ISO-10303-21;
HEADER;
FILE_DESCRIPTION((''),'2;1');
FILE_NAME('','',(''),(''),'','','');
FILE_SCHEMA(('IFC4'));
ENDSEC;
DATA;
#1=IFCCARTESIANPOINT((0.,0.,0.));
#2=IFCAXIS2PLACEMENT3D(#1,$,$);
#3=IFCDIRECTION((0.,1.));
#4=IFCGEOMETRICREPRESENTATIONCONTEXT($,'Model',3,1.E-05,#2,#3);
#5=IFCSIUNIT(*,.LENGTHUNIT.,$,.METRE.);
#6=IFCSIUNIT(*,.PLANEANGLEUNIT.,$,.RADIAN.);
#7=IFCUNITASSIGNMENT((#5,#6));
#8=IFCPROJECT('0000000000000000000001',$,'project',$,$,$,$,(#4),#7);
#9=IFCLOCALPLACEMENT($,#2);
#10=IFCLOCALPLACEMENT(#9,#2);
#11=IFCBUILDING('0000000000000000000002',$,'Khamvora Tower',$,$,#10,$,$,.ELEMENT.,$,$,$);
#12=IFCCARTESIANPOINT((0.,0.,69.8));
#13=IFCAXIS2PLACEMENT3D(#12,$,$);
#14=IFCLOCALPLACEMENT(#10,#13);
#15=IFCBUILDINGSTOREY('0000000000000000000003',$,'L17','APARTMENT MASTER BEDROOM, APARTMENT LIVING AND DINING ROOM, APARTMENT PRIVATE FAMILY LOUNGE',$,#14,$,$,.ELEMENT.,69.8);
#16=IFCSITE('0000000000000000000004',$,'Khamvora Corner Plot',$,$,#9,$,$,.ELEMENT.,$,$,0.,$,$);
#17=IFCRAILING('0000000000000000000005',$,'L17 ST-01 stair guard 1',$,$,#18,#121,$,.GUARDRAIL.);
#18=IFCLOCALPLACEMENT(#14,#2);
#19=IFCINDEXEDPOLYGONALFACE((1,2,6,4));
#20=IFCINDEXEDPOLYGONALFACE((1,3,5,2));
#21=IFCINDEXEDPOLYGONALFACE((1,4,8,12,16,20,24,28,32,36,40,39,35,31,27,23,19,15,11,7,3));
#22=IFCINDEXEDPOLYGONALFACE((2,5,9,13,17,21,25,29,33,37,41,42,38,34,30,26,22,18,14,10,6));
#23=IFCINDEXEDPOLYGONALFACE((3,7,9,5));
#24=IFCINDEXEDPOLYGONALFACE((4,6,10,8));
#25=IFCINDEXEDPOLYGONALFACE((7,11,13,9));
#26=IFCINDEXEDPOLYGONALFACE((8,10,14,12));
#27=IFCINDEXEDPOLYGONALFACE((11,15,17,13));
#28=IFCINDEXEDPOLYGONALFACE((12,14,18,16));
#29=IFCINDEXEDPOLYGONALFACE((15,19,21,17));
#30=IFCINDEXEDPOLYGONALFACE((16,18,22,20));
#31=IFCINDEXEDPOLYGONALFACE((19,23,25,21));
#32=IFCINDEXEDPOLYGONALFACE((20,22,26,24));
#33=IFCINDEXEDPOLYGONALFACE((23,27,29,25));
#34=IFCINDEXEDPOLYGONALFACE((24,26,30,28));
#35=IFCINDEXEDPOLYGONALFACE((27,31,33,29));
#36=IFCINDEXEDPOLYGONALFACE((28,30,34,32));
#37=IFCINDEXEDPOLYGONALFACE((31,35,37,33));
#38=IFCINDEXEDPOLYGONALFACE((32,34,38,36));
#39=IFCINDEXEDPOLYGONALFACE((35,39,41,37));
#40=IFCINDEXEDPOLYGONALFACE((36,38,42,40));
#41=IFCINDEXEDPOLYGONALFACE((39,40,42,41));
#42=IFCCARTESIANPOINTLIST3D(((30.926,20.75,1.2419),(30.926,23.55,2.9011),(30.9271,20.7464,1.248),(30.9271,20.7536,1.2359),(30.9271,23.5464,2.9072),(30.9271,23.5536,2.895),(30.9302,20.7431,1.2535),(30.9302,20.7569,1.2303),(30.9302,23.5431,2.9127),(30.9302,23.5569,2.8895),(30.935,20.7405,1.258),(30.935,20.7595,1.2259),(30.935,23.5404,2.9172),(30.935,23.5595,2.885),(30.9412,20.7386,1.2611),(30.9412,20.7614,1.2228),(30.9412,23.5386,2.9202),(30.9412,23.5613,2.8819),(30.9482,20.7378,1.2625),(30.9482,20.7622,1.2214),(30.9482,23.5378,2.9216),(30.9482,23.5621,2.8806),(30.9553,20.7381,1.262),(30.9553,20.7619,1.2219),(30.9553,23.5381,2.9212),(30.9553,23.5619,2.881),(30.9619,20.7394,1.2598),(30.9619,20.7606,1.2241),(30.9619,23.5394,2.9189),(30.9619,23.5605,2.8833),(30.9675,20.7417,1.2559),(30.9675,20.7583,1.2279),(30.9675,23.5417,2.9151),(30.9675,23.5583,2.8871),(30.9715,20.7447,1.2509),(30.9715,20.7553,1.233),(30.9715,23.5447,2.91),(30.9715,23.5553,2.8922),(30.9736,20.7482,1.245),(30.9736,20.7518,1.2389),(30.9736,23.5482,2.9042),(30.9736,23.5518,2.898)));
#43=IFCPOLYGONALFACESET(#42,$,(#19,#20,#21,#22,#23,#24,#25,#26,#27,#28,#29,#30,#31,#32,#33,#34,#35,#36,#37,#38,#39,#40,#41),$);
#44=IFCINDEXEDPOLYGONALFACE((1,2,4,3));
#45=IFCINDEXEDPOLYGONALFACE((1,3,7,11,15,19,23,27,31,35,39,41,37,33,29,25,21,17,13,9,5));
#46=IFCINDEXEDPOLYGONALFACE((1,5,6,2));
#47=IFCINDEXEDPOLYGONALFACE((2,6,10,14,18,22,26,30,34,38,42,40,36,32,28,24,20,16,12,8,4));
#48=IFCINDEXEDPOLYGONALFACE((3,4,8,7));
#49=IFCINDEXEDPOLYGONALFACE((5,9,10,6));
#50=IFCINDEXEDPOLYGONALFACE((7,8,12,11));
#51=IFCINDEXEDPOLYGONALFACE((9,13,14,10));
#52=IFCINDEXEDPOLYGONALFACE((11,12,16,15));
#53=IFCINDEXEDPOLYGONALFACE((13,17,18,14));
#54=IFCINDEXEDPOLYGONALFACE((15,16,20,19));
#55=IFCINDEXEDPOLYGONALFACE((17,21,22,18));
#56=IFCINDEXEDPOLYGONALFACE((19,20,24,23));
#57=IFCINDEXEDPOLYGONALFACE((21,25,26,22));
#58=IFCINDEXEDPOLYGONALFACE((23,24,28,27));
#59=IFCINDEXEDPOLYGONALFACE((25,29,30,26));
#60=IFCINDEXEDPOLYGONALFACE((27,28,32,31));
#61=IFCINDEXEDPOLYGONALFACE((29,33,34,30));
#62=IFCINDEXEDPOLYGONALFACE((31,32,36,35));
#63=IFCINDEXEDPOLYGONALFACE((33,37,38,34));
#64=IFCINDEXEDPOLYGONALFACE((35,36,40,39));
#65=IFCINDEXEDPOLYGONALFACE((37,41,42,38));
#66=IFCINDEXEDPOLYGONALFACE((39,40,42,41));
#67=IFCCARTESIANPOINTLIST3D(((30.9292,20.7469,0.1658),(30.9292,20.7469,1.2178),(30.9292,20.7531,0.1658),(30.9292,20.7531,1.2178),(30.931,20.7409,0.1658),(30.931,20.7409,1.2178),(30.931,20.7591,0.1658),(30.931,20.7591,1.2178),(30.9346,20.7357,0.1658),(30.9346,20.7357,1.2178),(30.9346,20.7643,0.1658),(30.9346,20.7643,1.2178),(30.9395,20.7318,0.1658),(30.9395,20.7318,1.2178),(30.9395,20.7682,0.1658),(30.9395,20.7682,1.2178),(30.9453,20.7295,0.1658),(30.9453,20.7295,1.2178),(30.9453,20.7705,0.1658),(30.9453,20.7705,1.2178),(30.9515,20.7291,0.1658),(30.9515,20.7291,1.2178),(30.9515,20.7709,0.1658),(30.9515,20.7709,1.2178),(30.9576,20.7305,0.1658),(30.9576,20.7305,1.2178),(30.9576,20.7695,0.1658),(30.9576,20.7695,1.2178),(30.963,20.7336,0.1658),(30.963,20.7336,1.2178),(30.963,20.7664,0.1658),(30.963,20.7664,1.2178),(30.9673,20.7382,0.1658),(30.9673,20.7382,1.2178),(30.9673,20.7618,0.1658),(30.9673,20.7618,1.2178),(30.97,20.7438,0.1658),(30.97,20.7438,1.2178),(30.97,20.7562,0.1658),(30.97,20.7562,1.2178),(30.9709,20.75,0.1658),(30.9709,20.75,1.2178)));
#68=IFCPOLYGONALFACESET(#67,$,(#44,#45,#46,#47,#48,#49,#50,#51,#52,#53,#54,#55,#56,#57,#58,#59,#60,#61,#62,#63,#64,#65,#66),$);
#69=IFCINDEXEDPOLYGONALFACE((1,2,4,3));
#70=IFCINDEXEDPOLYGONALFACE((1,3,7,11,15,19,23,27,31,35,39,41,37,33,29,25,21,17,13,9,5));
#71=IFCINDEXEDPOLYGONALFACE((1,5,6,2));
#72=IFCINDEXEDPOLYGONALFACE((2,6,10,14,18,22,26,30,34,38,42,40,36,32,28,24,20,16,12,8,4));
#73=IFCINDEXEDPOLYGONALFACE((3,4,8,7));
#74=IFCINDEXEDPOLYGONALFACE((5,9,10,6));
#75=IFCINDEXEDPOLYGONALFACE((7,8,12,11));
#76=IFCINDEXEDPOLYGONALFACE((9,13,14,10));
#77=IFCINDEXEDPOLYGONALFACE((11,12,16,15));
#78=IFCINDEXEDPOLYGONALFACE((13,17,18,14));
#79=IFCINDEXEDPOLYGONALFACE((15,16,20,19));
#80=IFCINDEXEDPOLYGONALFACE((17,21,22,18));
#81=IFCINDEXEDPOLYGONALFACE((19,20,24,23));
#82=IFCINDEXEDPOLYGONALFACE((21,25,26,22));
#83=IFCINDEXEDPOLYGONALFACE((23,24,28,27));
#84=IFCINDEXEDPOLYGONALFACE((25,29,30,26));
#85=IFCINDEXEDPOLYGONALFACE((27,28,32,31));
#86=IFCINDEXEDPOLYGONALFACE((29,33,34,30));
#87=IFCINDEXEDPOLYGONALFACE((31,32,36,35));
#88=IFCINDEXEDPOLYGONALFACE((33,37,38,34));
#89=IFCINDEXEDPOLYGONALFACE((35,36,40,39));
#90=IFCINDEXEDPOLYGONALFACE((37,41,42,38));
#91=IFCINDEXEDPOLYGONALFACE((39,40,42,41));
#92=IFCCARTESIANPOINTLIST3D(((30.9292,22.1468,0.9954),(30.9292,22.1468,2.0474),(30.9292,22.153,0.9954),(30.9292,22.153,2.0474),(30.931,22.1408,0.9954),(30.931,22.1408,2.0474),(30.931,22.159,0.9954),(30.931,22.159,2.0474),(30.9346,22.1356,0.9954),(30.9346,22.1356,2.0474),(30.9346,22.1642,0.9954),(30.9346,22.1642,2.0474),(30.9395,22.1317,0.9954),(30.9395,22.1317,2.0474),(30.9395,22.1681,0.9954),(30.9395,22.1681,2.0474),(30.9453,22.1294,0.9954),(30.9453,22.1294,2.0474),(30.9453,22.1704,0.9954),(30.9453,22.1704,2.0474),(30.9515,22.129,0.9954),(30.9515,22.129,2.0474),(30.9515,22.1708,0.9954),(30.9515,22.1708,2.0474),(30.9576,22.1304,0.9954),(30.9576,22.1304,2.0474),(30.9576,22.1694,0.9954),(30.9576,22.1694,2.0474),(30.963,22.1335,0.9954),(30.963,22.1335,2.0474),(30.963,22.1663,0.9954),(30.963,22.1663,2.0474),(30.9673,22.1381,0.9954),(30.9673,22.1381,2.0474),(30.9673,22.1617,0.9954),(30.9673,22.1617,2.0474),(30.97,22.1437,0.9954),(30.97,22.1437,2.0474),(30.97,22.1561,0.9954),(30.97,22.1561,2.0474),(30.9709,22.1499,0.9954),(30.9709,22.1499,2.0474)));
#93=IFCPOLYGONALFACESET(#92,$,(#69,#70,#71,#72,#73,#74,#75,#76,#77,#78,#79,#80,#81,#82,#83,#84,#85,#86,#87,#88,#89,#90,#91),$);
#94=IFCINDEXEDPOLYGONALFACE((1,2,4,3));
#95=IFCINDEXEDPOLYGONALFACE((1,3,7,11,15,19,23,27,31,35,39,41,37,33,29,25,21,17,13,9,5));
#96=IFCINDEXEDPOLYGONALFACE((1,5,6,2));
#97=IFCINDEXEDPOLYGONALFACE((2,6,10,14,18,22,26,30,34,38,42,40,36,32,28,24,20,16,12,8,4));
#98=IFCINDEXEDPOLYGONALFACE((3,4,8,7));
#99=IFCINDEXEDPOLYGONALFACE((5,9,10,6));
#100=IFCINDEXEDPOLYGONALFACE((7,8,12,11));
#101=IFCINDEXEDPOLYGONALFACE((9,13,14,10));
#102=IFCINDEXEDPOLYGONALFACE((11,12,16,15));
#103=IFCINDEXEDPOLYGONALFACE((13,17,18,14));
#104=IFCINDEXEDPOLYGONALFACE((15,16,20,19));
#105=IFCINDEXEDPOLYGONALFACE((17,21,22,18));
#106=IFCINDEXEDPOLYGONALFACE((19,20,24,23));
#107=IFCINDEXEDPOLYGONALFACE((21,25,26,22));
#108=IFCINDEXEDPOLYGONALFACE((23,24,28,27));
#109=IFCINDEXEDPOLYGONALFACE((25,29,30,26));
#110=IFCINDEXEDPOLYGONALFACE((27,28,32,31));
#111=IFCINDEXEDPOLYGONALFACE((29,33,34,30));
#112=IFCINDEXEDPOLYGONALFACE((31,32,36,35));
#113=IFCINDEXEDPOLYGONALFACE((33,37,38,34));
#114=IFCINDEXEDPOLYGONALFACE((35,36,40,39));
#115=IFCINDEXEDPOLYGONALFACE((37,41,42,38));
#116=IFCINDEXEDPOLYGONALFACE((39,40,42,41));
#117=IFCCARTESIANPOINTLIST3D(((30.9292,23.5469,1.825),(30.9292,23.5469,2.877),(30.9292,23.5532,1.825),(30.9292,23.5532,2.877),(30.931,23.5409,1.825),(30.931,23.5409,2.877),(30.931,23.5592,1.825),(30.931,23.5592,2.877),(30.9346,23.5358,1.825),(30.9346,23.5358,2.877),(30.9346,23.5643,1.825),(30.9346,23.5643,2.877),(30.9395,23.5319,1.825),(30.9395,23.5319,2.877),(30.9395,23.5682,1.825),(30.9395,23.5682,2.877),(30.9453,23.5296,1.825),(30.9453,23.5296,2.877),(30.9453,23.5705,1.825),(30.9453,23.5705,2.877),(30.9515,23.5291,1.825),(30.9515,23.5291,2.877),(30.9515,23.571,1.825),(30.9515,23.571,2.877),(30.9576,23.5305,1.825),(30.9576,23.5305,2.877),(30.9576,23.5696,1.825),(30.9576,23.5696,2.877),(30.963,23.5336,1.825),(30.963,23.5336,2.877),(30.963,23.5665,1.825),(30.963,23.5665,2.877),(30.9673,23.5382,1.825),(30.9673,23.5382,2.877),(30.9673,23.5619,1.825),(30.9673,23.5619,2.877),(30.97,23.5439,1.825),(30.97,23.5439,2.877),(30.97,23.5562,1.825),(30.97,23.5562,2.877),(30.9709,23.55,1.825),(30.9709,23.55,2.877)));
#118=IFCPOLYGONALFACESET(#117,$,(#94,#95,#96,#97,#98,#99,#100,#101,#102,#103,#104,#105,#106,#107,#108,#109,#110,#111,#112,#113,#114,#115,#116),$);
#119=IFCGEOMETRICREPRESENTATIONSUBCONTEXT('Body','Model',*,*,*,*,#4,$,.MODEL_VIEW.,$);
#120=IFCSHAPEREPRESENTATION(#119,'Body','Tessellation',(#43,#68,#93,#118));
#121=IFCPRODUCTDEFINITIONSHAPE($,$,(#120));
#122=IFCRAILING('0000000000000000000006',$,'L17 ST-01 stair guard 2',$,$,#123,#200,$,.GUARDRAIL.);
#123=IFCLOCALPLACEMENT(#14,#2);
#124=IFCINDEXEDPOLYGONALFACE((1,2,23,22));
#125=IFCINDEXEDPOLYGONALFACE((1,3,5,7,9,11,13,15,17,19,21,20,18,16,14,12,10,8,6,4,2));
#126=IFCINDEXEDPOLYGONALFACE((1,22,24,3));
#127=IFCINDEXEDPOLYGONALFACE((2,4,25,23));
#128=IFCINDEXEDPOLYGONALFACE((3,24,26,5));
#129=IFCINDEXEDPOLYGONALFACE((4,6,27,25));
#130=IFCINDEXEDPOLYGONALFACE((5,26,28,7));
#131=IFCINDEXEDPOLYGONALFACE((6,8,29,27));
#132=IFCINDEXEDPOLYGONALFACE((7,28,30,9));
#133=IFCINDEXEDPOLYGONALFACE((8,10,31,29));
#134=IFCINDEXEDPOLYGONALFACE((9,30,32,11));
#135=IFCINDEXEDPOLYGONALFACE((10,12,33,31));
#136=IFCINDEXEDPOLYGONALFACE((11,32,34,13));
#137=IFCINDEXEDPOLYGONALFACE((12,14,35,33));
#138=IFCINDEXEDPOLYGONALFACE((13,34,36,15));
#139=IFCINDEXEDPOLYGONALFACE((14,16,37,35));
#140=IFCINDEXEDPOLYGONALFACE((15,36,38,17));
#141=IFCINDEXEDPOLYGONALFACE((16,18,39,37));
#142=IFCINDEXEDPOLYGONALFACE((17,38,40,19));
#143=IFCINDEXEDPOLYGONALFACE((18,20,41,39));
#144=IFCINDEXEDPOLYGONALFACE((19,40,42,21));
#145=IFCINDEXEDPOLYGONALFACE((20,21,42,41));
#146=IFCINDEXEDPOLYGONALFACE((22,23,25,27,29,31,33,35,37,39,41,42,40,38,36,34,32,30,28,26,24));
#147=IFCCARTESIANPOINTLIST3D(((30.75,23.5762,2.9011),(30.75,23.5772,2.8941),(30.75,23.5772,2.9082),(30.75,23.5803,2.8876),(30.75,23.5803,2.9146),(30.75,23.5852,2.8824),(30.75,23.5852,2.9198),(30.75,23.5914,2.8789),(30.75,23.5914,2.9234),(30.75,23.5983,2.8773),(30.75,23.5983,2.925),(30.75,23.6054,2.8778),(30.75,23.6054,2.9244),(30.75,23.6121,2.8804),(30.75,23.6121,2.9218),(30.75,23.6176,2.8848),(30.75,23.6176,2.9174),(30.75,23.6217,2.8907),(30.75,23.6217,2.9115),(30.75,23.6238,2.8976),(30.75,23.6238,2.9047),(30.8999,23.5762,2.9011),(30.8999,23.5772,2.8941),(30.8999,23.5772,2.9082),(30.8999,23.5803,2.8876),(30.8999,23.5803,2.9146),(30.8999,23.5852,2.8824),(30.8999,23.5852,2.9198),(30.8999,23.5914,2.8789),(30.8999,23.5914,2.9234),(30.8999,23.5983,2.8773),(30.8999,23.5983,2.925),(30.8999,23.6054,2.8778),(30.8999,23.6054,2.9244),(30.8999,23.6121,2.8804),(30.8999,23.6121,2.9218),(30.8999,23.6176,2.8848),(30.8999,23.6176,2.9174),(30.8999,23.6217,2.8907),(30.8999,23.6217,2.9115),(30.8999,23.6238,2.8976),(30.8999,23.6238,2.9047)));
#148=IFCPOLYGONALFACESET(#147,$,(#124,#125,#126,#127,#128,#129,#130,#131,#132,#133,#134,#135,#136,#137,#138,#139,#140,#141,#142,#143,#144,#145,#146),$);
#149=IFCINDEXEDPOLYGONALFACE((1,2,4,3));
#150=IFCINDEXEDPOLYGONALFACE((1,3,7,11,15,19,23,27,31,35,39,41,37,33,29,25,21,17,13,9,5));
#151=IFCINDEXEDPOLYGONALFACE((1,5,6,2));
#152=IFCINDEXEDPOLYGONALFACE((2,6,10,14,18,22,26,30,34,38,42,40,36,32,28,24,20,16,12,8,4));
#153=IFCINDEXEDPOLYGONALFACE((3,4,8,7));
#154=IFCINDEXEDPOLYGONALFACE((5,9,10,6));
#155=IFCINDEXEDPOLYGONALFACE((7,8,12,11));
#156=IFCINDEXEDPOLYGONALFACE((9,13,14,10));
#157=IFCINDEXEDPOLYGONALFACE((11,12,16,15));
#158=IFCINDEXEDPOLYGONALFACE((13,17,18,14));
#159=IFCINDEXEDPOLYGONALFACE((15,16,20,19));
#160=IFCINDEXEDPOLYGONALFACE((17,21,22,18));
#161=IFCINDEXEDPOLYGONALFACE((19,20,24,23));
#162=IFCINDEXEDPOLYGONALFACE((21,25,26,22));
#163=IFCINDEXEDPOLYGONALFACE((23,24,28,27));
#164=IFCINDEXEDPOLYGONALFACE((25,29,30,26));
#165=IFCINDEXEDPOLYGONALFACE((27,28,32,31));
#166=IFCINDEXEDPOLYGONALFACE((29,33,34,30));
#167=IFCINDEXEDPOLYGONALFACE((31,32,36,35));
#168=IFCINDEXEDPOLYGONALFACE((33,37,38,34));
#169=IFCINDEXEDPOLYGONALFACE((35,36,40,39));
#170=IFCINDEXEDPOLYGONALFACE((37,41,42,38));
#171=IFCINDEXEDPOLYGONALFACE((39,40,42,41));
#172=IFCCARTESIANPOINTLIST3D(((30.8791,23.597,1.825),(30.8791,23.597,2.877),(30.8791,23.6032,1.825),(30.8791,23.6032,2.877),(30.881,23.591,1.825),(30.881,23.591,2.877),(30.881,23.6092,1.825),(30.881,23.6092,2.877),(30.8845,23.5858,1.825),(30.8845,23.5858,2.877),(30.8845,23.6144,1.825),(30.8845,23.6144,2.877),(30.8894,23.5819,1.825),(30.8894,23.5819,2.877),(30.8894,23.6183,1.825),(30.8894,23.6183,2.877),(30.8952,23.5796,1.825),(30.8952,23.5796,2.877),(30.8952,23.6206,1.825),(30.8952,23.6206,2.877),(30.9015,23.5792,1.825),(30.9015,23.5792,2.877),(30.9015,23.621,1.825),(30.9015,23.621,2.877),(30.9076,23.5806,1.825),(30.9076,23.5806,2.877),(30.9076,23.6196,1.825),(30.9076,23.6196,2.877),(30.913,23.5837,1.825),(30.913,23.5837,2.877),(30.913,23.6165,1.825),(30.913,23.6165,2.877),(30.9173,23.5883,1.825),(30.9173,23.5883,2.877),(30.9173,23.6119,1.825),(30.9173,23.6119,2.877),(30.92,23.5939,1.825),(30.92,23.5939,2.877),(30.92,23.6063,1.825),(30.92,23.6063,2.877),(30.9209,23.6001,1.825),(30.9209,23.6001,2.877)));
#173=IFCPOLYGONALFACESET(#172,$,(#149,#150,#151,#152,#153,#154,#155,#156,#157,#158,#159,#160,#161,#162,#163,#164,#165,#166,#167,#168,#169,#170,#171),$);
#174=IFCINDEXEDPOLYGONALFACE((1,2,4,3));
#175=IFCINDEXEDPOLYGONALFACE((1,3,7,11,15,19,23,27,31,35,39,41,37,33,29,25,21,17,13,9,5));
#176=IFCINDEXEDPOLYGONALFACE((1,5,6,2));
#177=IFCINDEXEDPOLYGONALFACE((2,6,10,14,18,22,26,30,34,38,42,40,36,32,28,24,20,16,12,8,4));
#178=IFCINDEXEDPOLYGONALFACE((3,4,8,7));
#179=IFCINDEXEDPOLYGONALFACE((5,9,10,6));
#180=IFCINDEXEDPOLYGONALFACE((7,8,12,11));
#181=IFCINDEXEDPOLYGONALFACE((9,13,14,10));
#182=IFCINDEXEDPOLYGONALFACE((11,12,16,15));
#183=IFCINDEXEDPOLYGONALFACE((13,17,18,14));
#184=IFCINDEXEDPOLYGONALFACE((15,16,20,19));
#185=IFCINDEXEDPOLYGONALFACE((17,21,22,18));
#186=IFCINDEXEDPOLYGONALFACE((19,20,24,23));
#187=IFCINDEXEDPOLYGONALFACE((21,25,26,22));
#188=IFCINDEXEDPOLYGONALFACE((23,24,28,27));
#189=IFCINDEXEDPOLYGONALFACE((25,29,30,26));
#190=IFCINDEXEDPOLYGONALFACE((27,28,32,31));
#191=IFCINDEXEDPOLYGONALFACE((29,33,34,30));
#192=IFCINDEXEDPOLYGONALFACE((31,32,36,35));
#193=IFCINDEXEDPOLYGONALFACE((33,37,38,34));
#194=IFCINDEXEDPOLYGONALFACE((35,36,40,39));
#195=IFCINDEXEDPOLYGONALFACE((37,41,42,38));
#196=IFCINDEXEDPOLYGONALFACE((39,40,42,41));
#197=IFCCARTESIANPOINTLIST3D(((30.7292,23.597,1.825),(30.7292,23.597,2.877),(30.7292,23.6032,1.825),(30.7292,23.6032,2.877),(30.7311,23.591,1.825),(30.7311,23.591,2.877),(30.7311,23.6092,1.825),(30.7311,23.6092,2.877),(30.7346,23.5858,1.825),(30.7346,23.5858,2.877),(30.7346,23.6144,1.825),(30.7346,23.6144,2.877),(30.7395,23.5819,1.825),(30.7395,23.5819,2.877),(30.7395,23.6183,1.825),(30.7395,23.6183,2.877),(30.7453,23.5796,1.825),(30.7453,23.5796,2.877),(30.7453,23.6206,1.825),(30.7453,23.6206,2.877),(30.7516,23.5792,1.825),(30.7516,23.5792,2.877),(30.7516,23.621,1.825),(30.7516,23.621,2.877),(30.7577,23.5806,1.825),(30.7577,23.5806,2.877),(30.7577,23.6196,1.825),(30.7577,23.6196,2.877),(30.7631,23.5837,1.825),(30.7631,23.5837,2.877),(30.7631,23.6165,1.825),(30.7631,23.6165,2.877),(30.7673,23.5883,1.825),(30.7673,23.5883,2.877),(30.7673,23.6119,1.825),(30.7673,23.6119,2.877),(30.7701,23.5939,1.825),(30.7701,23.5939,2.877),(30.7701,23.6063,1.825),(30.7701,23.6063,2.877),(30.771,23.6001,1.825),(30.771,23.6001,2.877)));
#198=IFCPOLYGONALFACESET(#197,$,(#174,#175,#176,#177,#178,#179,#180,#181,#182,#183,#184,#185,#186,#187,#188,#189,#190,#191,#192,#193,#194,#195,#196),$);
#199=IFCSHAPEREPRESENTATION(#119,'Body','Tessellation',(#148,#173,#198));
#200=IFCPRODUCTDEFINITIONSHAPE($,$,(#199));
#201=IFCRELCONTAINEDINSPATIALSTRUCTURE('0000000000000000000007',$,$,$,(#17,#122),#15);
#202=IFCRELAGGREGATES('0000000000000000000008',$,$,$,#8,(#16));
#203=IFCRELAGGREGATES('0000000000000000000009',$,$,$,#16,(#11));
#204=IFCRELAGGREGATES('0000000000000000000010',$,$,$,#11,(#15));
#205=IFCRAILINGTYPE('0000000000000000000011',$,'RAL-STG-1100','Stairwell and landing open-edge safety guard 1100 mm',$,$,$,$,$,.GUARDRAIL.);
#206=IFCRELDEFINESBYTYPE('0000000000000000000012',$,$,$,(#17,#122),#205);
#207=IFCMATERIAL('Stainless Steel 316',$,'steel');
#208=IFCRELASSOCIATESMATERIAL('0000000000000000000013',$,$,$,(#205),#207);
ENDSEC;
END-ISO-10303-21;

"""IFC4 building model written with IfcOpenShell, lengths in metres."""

from ifc_helpers import new_model, si_unit, direction, frame, origin, origin_2d, place, context, subcontext, project, spatial, circle, extrude, material, type_object, element, save


model = new_model("IFC4")

# Units and contexts
model_context = context("Model", 3, precision=1e-05, world=origin(), true_north=direction((0.0, 1.0)))
body_context = subcontext(model_context, "Body", "Model", "MODEL_VIEW")
ifc_project = project(units=[si_unit("LENGTHUNIT", "METRE"), si_unit("PLANEANGLEUNIT", "RADIAN")], contexts=[model_context])

# Site, building, storey
site_placement = place(None, origin())
site = spatial("IfcSite", under=ifc_project, at=site_placement, Name="Khamvora Corner Plot", CompositionType="ELEMENT", RefElevation=0.0)
building_placement = place(site_placement, origin())
building = spatial("IfcBuilding", under=site, at=building_placement, Name="Khamvora Tower", CompositionType="ELEMENT")
storey_placement = place(building_placement, frame((0.0, 0.0, 69.8)))
storey = spatial("IfcBuildingStorey", under=building, at=storey_placement, Name="L17", Description="APARTMENT MASTER BEDROOM, APARTMENT LIVING AND DINING ROOM, APARTMENT PRIVATE FAMILY LOUNGE", CompositionType="ELEMENT", Elevation=69.8)

# Railings
ifc_material_1 = material(Name="Stainless Steel 316", Category="steel")
railing_type_1 = type_object("IfcRailingType", Name="RAL-STG-1100", Description="Stairwell and landing open-edge safety guard 1100 mm", PredefinedType="GUARDRAIL", material=ifc_material_1)
railing_1_placement = place(storey_placement, frame((30.95, 20.75, 0.1658)))
element("IfcRailing", 1, at=railing_1_placement, inside=storey, type_object=railing_type_1, Name="L17 ST-01 stair guard 1", PredefinedType="GUARDRAIL", context=body_context, shape_type="SweptSolid", body=[
    extrude(circle(Radius=0.0239, at=origin_2d()), frame((0.0, 0.0, 1.0762), z_axis=(0.0, 0.860306, 0.509778), x_axis=(-1.0, 0.0, 0.0)), (0.0, 0.0, 1.0), 3.2546),
    extrude(circle(Radius=0.021, at=origin_2d()), origin(), (0.0, 0.0, 1.0), 1.052),
    extrude(circle(Radius=0.021, at=origin_2d()), frame((0.0, 1.3999, 0.8296)), (0.0, 0.0, 1.0), 1.052),
    extrude(circle(Radius=0.021, at=origin_2d()), frame((0.0, 2.8, 1.6592)), (0.0, 0.0, 1.0), 1.052),
])
railing_2_placement = place(storey_placement, frame((30.8999, 23.6001, 1.825)))
element("IfcRailing", 2, at=railing_2_placement, inside=storey, type_object=railing_type_1, Name="L17 ST-01 stair guard 2", PredefinedType="GUARDRAIL", context=body_context, shape_type="SweptSolid", body=[
    extrude(circle(Radius=0.0239, at=origin_2d()), frame((0.0, 0.0, 1.0762), z_axis=(-1.0, 0.0, 0.0), x_axis=(0.0, -1.0, 0.0)), (0.0, 0.0, 1.0), 0.1499),
    extrude(circle(Radius=0.021, at=origin_2d()), origin(), (0.0, 0.0, 1.0), 1.052),
    extrude(circle(Radius=0.021, at=origin_2d()), frame((-0.1499, 0.0, 0.0)), (0.0, 0.0, 1.0), 1.052),
])

save(model, "model.ifc")
